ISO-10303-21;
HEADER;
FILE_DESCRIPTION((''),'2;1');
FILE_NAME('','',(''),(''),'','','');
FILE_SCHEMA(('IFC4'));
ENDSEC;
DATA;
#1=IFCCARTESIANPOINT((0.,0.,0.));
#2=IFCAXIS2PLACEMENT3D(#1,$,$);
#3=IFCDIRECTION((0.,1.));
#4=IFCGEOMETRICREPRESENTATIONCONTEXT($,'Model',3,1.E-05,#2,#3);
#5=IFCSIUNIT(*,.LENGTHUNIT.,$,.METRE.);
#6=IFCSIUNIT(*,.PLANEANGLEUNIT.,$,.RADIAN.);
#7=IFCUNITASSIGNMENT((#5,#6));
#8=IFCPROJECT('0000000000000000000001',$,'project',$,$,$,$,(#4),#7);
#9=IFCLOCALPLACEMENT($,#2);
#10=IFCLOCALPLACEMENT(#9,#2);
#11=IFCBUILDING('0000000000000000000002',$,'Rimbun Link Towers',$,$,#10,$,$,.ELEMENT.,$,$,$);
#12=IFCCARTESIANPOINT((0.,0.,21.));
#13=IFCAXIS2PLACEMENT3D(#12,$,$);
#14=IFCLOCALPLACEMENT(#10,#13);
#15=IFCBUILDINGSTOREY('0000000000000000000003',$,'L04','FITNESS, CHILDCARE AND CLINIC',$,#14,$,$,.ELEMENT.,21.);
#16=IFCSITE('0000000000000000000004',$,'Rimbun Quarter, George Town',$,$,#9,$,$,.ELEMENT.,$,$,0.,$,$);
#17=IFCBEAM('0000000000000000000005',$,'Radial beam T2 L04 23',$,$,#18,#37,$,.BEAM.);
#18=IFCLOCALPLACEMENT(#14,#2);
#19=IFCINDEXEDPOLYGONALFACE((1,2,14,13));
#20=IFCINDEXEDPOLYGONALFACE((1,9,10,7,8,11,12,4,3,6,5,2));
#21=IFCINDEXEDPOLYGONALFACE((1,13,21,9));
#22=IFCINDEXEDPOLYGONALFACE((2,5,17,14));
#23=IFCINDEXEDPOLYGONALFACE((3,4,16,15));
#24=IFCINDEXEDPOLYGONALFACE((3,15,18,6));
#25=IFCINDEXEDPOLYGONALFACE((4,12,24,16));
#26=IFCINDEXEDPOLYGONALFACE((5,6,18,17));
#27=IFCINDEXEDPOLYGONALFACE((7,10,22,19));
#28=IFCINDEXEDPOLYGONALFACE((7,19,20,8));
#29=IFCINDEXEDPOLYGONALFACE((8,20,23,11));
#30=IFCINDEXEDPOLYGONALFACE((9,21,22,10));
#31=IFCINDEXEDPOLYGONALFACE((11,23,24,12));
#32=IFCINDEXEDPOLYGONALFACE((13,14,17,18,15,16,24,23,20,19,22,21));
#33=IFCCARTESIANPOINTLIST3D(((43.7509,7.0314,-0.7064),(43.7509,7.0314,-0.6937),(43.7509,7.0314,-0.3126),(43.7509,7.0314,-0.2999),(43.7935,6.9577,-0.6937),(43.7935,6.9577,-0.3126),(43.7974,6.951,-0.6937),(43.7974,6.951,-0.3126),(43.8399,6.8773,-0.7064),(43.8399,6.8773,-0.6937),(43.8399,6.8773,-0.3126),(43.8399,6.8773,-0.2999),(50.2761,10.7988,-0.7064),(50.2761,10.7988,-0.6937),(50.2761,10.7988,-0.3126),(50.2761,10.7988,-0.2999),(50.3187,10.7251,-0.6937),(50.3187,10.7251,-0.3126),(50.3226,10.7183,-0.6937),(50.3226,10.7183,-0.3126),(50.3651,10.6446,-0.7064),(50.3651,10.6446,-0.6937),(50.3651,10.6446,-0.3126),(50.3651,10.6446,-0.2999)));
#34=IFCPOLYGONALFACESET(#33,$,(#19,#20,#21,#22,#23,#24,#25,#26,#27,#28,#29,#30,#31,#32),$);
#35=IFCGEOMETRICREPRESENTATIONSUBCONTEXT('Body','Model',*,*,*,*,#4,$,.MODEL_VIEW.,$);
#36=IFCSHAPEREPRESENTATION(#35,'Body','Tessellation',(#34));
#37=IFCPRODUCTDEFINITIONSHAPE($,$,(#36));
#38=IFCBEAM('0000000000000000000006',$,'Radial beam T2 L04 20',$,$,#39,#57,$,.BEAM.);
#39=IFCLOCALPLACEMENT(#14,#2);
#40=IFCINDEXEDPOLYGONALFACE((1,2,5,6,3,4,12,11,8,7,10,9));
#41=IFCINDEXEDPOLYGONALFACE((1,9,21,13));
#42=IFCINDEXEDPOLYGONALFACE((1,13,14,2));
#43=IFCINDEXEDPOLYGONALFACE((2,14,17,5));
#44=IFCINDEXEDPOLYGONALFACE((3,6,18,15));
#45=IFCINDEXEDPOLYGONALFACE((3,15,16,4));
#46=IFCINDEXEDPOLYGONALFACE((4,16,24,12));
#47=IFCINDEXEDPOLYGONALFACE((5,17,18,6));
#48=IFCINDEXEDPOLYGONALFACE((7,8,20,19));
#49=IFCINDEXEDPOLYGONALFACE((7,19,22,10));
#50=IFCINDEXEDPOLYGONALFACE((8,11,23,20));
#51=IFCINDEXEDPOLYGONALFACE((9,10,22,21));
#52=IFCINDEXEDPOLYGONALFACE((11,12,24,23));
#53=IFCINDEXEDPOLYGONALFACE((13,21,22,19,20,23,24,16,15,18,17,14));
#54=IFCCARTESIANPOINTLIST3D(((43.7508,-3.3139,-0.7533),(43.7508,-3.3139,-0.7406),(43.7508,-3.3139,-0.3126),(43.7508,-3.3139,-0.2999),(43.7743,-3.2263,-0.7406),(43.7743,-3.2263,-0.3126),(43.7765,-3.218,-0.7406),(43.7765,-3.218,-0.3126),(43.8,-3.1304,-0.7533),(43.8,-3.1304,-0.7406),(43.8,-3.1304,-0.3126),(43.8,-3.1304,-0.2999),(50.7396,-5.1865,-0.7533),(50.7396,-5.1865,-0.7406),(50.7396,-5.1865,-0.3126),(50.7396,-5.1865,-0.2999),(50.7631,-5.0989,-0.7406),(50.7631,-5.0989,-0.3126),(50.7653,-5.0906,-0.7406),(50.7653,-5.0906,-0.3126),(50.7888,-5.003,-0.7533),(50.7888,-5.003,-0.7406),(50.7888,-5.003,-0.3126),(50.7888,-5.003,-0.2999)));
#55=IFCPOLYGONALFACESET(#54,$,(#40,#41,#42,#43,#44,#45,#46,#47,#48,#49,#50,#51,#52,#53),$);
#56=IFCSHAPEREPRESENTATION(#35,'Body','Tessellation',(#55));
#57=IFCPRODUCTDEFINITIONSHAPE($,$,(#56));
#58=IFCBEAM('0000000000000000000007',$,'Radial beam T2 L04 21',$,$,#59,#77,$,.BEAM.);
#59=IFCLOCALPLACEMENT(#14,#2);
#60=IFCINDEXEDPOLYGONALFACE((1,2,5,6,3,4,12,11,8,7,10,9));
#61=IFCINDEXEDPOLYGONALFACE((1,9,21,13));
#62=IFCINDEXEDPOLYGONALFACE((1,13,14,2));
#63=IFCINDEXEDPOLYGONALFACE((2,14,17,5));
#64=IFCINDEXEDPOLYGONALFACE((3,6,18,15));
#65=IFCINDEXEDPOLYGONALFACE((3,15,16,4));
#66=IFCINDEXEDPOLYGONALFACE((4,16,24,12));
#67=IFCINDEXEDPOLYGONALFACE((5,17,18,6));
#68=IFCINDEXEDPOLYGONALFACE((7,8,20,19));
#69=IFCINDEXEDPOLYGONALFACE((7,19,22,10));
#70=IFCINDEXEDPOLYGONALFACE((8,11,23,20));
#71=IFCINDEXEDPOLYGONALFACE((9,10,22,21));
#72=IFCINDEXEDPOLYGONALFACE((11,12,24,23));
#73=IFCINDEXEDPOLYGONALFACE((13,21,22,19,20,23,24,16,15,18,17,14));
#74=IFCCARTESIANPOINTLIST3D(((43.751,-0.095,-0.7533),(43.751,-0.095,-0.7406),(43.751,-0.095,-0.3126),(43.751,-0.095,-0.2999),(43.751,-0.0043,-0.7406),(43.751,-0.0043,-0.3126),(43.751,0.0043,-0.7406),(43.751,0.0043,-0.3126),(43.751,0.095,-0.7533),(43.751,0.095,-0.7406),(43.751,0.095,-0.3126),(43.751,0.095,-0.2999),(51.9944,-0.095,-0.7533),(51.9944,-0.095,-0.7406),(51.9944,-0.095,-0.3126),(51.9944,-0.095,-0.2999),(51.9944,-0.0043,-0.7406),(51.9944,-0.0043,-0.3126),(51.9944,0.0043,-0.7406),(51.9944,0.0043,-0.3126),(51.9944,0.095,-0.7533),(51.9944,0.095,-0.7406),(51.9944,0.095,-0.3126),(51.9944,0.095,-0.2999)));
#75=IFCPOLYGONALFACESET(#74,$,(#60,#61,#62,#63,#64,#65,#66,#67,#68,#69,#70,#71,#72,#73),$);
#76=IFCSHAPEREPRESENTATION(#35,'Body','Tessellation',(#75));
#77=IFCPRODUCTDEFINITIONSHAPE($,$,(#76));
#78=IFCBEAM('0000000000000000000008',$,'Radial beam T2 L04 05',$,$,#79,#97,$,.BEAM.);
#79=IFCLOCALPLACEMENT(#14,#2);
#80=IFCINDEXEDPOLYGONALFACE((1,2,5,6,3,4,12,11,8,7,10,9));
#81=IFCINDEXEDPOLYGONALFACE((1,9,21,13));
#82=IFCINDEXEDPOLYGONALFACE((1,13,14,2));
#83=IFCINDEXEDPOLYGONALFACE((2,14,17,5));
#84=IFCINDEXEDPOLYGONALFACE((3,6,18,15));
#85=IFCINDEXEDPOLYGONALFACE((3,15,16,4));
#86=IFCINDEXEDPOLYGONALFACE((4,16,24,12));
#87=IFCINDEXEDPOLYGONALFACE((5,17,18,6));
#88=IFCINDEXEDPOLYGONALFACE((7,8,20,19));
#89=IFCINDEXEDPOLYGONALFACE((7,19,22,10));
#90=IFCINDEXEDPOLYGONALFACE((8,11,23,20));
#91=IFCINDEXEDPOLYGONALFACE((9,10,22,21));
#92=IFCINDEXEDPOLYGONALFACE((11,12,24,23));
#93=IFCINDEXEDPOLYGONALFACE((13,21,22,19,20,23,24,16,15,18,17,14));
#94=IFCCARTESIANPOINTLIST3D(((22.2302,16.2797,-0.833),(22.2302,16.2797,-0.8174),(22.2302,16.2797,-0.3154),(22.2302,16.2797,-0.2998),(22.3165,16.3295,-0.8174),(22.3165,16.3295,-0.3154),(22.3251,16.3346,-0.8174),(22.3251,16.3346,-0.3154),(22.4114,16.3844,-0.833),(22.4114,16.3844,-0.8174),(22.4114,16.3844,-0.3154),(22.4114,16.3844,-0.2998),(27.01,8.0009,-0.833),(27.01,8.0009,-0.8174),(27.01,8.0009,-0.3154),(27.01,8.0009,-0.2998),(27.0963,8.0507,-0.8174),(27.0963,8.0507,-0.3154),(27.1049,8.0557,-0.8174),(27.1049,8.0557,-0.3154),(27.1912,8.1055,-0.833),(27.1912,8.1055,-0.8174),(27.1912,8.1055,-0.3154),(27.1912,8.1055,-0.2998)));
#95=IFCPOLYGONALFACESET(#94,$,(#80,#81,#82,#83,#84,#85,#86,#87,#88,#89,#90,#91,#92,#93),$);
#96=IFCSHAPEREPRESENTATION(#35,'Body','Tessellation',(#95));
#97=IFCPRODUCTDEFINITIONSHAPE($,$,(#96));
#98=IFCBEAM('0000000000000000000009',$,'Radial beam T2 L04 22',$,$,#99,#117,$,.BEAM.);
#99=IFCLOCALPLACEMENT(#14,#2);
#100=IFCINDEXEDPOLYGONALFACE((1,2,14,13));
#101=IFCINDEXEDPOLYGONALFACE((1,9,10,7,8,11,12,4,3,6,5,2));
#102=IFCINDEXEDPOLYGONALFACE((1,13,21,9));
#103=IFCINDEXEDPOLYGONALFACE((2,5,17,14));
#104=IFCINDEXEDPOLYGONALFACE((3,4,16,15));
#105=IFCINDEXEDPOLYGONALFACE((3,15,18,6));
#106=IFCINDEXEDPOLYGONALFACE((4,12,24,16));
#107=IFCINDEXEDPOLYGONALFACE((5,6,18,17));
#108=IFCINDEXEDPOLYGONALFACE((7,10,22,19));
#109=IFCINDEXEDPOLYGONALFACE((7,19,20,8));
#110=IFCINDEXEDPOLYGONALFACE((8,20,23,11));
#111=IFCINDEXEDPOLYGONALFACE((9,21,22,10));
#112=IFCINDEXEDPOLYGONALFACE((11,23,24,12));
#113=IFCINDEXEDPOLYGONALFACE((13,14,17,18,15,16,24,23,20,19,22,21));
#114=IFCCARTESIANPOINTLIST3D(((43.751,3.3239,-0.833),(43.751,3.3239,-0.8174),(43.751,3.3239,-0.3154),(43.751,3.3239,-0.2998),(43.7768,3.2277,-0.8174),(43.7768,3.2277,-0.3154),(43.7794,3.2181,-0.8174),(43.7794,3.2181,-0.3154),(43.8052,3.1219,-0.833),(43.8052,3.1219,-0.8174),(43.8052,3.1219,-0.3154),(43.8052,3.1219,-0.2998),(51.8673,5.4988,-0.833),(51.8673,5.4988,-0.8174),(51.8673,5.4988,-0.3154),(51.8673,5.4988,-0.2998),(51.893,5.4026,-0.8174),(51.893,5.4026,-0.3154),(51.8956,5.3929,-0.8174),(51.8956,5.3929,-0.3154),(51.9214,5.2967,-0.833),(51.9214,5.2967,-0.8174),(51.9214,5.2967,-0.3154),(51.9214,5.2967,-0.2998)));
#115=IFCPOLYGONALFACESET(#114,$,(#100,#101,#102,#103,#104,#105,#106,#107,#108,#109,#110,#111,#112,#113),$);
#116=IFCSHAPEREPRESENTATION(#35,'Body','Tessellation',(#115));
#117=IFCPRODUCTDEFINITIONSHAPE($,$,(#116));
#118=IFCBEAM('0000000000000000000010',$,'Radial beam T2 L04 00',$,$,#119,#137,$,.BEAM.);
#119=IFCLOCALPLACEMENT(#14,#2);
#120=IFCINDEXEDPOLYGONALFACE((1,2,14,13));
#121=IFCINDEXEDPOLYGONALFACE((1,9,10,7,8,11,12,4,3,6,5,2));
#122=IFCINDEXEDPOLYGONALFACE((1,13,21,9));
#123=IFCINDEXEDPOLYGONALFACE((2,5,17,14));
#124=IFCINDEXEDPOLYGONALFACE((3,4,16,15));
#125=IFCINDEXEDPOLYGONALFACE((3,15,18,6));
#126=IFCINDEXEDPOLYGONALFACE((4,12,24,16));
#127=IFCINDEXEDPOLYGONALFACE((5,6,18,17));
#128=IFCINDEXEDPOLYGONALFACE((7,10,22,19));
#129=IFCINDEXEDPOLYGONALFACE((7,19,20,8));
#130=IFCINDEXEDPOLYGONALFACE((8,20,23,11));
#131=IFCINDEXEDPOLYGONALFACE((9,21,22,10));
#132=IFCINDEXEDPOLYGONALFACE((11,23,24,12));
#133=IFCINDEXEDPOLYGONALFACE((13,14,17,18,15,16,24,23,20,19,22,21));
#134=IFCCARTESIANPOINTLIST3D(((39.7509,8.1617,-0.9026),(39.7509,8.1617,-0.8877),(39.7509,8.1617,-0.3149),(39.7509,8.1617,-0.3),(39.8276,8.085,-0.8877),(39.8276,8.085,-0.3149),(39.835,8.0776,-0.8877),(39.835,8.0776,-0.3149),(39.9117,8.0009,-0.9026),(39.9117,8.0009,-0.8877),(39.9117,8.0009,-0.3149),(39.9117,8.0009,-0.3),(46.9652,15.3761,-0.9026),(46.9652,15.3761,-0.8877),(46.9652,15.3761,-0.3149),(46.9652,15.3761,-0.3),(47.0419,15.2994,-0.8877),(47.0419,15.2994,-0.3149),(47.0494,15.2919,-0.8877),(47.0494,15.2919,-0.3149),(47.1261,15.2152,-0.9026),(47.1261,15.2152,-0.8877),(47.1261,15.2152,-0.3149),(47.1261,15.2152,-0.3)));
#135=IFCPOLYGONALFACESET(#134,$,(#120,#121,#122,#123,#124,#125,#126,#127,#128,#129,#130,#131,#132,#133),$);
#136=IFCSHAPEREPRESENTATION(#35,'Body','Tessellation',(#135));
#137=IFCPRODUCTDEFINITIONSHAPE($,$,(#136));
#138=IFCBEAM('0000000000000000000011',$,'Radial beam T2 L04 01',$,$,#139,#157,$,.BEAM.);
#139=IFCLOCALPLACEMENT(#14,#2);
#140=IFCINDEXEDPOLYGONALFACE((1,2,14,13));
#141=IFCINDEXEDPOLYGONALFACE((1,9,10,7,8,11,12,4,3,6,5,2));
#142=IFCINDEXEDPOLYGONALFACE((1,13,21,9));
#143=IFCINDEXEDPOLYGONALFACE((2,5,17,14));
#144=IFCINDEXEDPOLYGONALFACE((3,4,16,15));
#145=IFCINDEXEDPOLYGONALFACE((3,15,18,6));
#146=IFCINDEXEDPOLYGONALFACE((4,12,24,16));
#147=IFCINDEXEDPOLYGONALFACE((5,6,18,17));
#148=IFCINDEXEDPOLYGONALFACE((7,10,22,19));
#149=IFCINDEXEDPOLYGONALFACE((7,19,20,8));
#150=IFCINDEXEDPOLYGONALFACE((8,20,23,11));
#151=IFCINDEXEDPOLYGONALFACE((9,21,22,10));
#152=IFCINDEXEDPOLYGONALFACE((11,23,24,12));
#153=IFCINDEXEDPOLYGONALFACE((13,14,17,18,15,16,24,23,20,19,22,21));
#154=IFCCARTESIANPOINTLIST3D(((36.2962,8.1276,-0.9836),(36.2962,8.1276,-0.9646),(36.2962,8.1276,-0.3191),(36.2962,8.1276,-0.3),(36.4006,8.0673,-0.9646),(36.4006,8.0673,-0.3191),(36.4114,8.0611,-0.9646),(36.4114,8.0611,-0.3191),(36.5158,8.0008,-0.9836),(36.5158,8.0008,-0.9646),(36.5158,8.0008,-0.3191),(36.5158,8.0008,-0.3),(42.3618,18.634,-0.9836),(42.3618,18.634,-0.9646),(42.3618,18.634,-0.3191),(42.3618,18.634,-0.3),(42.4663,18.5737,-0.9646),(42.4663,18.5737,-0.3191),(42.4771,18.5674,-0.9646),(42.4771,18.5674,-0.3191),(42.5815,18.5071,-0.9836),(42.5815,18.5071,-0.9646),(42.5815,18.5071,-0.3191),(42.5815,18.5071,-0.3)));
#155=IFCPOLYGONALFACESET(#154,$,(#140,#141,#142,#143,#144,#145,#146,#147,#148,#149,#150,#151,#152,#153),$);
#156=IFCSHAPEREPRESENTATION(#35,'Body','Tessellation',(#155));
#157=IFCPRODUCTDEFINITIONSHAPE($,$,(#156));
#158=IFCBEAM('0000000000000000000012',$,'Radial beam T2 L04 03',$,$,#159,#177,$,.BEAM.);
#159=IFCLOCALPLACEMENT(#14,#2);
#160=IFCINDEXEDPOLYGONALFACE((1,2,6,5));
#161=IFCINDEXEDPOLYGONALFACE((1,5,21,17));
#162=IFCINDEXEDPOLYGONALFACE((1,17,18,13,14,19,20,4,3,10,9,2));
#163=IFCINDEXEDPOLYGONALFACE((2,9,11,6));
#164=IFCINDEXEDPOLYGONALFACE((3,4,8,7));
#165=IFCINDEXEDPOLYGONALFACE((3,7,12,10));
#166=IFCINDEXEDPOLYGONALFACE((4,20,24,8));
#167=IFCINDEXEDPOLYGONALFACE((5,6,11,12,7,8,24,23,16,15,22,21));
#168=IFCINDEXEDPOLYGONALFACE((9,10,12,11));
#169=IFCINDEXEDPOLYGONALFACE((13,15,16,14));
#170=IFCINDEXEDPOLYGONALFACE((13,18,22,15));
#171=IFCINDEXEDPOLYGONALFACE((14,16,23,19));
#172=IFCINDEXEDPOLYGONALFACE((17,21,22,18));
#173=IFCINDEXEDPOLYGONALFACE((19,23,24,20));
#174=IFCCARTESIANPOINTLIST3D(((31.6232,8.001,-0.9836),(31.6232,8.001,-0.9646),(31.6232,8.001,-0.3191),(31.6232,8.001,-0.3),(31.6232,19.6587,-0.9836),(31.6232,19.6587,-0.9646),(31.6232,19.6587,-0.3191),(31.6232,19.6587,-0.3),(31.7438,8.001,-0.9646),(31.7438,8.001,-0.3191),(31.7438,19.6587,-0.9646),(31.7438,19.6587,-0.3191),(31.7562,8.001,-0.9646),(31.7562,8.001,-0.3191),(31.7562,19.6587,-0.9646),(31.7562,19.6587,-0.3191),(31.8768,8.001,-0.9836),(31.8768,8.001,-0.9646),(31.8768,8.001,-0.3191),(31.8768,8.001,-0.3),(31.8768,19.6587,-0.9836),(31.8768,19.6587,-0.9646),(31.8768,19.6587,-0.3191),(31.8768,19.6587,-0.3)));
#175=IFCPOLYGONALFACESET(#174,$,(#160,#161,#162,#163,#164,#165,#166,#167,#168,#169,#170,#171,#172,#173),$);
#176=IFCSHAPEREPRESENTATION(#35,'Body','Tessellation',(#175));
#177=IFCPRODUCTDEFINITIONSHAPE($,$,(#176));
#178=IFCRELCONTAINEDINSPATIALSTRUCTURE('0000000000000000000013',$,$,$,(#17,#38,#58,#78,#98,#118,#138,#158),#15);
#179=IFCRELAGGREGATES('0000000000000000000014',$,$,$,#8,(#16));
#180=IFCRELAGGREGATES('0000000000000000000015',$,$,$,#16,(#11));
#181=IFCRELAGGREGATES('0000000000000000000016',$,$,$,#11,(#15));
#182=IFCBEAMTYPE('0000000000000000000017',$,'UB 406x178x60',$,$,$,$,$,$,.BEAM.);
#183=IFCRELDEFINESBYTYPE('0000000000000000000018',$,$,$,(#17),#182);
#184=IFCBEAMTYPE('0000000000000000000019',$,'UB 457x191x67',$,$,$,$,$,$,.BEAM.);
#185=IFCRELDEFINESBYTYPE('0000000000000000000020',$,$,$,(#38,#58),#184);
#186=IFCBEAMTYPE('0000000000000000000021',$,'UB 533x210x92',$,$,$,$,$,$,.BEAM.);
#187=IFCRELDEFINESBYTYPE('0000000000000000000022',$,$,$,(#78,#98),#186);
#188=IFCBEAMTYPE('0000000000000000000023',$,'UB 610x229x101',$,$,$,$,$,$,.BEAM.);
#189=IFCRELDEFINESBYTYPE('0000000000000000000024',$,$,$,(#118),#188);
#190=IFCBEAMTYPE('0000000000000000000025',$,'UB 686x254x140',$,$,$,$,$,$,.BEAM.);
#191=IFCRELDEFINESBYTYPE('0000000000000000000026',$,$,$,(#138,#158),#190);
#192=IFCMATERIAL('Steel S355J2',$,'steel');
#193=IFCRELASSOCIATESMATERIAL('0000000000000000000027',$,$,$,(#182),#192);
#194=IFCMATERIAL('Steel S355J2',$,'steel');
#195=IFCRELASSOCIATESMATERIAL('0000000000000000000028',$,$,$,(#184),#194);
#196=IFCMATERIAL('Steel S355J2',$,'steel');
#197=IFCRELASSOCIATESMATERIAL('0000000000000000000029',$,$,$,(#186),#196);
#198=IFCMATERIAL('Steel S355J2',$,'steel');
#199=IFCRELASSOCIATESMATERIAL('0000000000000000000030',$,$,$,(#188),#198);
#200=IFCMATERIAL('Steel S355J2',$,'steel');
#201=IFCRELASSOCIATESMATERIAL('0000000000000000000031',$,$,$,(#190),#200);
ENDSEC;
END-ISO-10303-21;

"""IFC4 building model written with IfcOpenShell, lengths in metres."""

from ifc_helpers import new_model, si_unit, direction, frame, origin, origin_2d, place, context, subcontext, project, spatial, i_section, extrude, material, material_profile, profile_set, type_object, element, save


model = new_model("IFC4")

# Units and contexts
model_context = context("Model", 3, precision=1e-05, world=origin(), true_north=direction((0.0, 1.0)))
body_context = subcontext(model_context, "Body", "Model", "MODEL_VIEW")
ifc_project = project(units=[si_unit("LENGTHUNIT", "METRE"), si_unit("PLANEANGLEUNIT", "RADIAN")], contexts=[model_context])

# Site, building, storey
site_placement = place(None, origin())
site = spatial("IfcSite", under=ifc_project, at=site_placement, Name="Rimbun Quarter, George Town", CompositionType="ELEMENT", RefElevation=0.0)
building_placement = place(site_placement, origin())
building = spatial("IfcBuilding", under=site, at=building_placement, Name="Rimbun Link Towers", CompositionType="ELEMENT")
storey_placement = place(building_placement, frame((0.0, 0.0, 21.0)))
storey = spatial("IfcBuildingStorey", under=building, at=storey_placement, Name="L04", Description="FITNESS, CHILDCARE AND CLINIC", CompositionType="ELEMENT", Elevation=21.0)

# Beams
ifc_material_1 = material(Name="Steel S355J2", Category="steel")
ifc_material_profile_1 = material_profile(ifc_material_1, i_section(OverallWidth=0.178, OverallDepth=0.4065, WebThickness=0.0078, FlangeThickness=0.0127, at=origin_2d()), Name="UB 406x178x60")
ifc_profile_set_1 = profile_set([ifc_material_profile_1], Name="Steel S355J2")
beam_type_1 = type_object("IfcBeamType", Name="UB 406x178x60", PredefinedType="BEAM", material=ifc_profile_set_1)
beam_1_placement = place(storey_placement, frame((43.7954, 6.9543, -0.5032), z_axis=(0.866023, 0.500004, 0.0), x_axis=(-0.500004, 0.866023, 0.0)))
element("IfcBeam", 1, at=beam_1_placement, inside=storey, type_object=beam_type_1, Name="Radial beam T2 L04 23", PredefinedType="BEAM", context=body_context, shape_type="SweptSolid", body=[
    extrude(i_section(OverallWidth=0.178, OverallDepth=0.4065, WebThickness=0.0078, FlangeThickness=0.0127, at=origin_2d()), origin(), (0.0, 0.0, 1.0), 7.5347),
])
ifc_material_2 = material(Name="Steel S355J2", Category="steel")
ifc_material_profile_2 = material_profile(ifc_material_2, i_section(OverallWidth=0.1899, OverallDepth=0.4534, WebThickness=0.0085, FlangeThickness=0.0127, at=origin_2d()), Name="UB 457x191x67")
ifc_profile_set_2 = profile_set([ifc_material_profile_2], Name="Steel S355J2")
beam_type_2 = type_object("IfcBeamType", Name="UB 457x191x67", PredefinedType="BEAM", material=ifc_profile_set_2)
beam_2_placement = place(storey_placement, frame((43.7754, -3.2222, -0.5266), z_axis=(0.965928, -0.258809, 0.0), x_axis=(0.258809, 0.965928, 0.0)))
element("IfcBeam", 2, at=beam_2_placement, inside=storey, type_object=beam_type_2, Name="Radial beam T2 L04 20", PredefinedType="BEAM", context=body_context, shape_type="SweptSolid", body=[
    extrude(i_section(OverallWidth=0.1899, OverallDepth=0.4534, WebThickness=0.0085, FlangeThickness=0.0127, at=origin_2d()), origin(), (0.0, 0.0, 1.0), 7.2354),
])
beam_3_placement = place(storey_placement, frame((43.751, 0.0, -0.5266), z_axis=(1.0, 0.0, 0.0), x_axis=(0.0, 1.0, 0.0)))
element("IfcBeam", 3, at=beam_3_placement, inside=storey, type_object=beam_type_2, Name="Radial beam T2 L04 21", PredefinedType="BEAM", context=body_context, shape_type="SweptSolid", body=[
    extrude(i_section(OverallWidth=0.1899, OverallDepth=0.4534, WebThickness=0.0085, FlangeThickness=0.0127, at=origin_2d()), origin(), (0.0, 0.0, 1.0), 8.2434),
])
ifc_material_3 = material(Name="Steel S355J2", Category="steel")
ifc_material_profile_3 = material_profile(ifc_material_3, i_section(OverallWidth=0.2092, OverallDepth=0.5332, WebThickness=0.01, FlangeThickness=0.0156, at=origin_2d()), Name="UB 533x210x92")
ifc_profile_set_3 = profile_set([ifc_material_profile_3], Name="Steel S355J2")
beam_type_3 = type_object("IfcBeamType", Name="UB 533x210x92", PredefinedType="BEAM", material=ifc_profile_set_3)
beam_4_placement = place(storey_placement, frame((27.1006, 8.0532, -0.5664), z_axis=(-0.500001, 0.866025, 0.0), x_axis=(-0.866025, -0.500001, 0.0)))
element("IfcBeam", 4, at=beam_4_placement, inside=storey, type_object=beam_type_3, Name="Radial beam T2 L04 05", PredefinedType="BEAM", context=body_context, shape_type="SweptSolid", body=[
    extrude(i_section(OverallWidth=0.2092, OverallDepth=0.5332, WebThickness=0.01, FlangeThickness=0.0156, at=origin_2d()), origin(), (0.0, 0.0, 1.0), 9.5596),
])
beam_5_placement = place(storey_placement, frame((43.7781, 3.2229, -0.5664), z_axis=(0.965924, 0.258827, 0.0), x_axis=(-0.258827, 0.965924, 0.0)))
element("IfcBeam", 5, at=beam_5_placement, inside=storey, type_object=beam_type_3, Name="Radial beam T2 L04 22", PredefinedType="BEAM", context=body_context, shape_type="SweptSolid", body=[
    extrude(i_section(OverallWidth=0.2092, OverallDepth=0.5332, WebThickness=0.01, FlangeThickness=0.0156, at=origin_2d()), origin(), (0.0, 0.0, 1.0), 8.4026),
])
ifc_material_4 = material(Name="Steel S355J2", Category="steel")
ifc_material_profile_4 = material_profile(ifc_material_4, i_section(OverallWidth=0.2275, OverallDepth=0.6025, WebThickness=0.0105, FlangeThickness=0.0149, at=origin_2d()), Name="UB 610x229x101")
ifc_profile_set_4 = profile_set([ifc_material_profile_4], Name="Steel S355J2")
beam_type_4 = type_object("IfcBeamType", Name="UB 610x229x101", PredefinedType="BEAM", material=ifc_profile_set_4)
beam_6_placement = place(storey_placement, frame((39.8313, 8.0813, -0.6013), z_axis=(0.707107, 0.707107, 0.0), x_axis=(-0.707107, 0.707107, 0.0)))
element("IfcBeam", 6, at=beam_6_placement, inside=storey, type_object=beam_type_4, Name="Radial beam T2 L04 00", PredefinedType="BEAM", context=body_context, shape_type="SweptSolid", body=[
    extrude(i_section(OverallWidth=0.2275, OverallDepth=0.6025, WebThickness=0.0105, FlangeThickness=0.0149, at=origin_2d()), origin(), (0.0, 0.0, 1.0), 10.2026),
])
ifc_material_5 = material(Name="Steel S355J2", Category="steel")
ifc_material_profile_5 = material_profile(ifc_material_5, i_section(OverallWidth=0.2537, OverallDepth=0.6836, WebThickness=0.0125, FlangeThickness=0.019, at=origin_2d()), Name="UB 686x254x140")
ifc_profile_set_5 = profile_set([ifc_material_profile_5], Name="Steel S355J2")
beam_type_5 = type_object("IfcBeamType", Name="UB 686x254x140", PredefinedType="BEAM", material=ifc_profile_set_5)
beam_7_placement = place(storey_placement, frame((36.406, 8.0642, -0.6418), z_axis=(0.49999, 0.866031, 0.0), x_axis=(-0.866031, 0.49999, 0.0)))
element("IfcBeam", 7, at=beam_7_placement, inside=storey, type_object=beam_type_5, Name="Radial beam T2 L04 01", PredefinedType="BEAM", context=body_context, shape_type="SweptSolid", body=[
    extrude(i_section(OverallWidth=0.2537, OverallDepth=0.6836, WebThickness=0.0125, FlangeThickness=0.019, at=origin_2d()), origin(), (0.0, 0.0, 1.0), 12.1316),
])
beam_8_placement = place(storey_placement, frame((31.75, 8.001, -0.6418), z_axis=(0.0, 1.0, 0.0), x_axis=(-1.0, 0.0, 0.0)))
element("IfcBeam", 8, at=beam_8_placement, inside=storey, type_object=beam_type_5, Name="Radial beam T2 L04 03", PredefinedType="BEAM", context=body_context, shape_type="SweptSolid", body=[
    extrude(i_section(OverallWidth=0.2537, OverallDepth=0.6836, WebThickness=0.0125, FlangeThickness=0.019, at=origin_2d()), origin(), (0.0, 0.0, 1.0), 11.6577),
])

save(model, "model.ifc")
